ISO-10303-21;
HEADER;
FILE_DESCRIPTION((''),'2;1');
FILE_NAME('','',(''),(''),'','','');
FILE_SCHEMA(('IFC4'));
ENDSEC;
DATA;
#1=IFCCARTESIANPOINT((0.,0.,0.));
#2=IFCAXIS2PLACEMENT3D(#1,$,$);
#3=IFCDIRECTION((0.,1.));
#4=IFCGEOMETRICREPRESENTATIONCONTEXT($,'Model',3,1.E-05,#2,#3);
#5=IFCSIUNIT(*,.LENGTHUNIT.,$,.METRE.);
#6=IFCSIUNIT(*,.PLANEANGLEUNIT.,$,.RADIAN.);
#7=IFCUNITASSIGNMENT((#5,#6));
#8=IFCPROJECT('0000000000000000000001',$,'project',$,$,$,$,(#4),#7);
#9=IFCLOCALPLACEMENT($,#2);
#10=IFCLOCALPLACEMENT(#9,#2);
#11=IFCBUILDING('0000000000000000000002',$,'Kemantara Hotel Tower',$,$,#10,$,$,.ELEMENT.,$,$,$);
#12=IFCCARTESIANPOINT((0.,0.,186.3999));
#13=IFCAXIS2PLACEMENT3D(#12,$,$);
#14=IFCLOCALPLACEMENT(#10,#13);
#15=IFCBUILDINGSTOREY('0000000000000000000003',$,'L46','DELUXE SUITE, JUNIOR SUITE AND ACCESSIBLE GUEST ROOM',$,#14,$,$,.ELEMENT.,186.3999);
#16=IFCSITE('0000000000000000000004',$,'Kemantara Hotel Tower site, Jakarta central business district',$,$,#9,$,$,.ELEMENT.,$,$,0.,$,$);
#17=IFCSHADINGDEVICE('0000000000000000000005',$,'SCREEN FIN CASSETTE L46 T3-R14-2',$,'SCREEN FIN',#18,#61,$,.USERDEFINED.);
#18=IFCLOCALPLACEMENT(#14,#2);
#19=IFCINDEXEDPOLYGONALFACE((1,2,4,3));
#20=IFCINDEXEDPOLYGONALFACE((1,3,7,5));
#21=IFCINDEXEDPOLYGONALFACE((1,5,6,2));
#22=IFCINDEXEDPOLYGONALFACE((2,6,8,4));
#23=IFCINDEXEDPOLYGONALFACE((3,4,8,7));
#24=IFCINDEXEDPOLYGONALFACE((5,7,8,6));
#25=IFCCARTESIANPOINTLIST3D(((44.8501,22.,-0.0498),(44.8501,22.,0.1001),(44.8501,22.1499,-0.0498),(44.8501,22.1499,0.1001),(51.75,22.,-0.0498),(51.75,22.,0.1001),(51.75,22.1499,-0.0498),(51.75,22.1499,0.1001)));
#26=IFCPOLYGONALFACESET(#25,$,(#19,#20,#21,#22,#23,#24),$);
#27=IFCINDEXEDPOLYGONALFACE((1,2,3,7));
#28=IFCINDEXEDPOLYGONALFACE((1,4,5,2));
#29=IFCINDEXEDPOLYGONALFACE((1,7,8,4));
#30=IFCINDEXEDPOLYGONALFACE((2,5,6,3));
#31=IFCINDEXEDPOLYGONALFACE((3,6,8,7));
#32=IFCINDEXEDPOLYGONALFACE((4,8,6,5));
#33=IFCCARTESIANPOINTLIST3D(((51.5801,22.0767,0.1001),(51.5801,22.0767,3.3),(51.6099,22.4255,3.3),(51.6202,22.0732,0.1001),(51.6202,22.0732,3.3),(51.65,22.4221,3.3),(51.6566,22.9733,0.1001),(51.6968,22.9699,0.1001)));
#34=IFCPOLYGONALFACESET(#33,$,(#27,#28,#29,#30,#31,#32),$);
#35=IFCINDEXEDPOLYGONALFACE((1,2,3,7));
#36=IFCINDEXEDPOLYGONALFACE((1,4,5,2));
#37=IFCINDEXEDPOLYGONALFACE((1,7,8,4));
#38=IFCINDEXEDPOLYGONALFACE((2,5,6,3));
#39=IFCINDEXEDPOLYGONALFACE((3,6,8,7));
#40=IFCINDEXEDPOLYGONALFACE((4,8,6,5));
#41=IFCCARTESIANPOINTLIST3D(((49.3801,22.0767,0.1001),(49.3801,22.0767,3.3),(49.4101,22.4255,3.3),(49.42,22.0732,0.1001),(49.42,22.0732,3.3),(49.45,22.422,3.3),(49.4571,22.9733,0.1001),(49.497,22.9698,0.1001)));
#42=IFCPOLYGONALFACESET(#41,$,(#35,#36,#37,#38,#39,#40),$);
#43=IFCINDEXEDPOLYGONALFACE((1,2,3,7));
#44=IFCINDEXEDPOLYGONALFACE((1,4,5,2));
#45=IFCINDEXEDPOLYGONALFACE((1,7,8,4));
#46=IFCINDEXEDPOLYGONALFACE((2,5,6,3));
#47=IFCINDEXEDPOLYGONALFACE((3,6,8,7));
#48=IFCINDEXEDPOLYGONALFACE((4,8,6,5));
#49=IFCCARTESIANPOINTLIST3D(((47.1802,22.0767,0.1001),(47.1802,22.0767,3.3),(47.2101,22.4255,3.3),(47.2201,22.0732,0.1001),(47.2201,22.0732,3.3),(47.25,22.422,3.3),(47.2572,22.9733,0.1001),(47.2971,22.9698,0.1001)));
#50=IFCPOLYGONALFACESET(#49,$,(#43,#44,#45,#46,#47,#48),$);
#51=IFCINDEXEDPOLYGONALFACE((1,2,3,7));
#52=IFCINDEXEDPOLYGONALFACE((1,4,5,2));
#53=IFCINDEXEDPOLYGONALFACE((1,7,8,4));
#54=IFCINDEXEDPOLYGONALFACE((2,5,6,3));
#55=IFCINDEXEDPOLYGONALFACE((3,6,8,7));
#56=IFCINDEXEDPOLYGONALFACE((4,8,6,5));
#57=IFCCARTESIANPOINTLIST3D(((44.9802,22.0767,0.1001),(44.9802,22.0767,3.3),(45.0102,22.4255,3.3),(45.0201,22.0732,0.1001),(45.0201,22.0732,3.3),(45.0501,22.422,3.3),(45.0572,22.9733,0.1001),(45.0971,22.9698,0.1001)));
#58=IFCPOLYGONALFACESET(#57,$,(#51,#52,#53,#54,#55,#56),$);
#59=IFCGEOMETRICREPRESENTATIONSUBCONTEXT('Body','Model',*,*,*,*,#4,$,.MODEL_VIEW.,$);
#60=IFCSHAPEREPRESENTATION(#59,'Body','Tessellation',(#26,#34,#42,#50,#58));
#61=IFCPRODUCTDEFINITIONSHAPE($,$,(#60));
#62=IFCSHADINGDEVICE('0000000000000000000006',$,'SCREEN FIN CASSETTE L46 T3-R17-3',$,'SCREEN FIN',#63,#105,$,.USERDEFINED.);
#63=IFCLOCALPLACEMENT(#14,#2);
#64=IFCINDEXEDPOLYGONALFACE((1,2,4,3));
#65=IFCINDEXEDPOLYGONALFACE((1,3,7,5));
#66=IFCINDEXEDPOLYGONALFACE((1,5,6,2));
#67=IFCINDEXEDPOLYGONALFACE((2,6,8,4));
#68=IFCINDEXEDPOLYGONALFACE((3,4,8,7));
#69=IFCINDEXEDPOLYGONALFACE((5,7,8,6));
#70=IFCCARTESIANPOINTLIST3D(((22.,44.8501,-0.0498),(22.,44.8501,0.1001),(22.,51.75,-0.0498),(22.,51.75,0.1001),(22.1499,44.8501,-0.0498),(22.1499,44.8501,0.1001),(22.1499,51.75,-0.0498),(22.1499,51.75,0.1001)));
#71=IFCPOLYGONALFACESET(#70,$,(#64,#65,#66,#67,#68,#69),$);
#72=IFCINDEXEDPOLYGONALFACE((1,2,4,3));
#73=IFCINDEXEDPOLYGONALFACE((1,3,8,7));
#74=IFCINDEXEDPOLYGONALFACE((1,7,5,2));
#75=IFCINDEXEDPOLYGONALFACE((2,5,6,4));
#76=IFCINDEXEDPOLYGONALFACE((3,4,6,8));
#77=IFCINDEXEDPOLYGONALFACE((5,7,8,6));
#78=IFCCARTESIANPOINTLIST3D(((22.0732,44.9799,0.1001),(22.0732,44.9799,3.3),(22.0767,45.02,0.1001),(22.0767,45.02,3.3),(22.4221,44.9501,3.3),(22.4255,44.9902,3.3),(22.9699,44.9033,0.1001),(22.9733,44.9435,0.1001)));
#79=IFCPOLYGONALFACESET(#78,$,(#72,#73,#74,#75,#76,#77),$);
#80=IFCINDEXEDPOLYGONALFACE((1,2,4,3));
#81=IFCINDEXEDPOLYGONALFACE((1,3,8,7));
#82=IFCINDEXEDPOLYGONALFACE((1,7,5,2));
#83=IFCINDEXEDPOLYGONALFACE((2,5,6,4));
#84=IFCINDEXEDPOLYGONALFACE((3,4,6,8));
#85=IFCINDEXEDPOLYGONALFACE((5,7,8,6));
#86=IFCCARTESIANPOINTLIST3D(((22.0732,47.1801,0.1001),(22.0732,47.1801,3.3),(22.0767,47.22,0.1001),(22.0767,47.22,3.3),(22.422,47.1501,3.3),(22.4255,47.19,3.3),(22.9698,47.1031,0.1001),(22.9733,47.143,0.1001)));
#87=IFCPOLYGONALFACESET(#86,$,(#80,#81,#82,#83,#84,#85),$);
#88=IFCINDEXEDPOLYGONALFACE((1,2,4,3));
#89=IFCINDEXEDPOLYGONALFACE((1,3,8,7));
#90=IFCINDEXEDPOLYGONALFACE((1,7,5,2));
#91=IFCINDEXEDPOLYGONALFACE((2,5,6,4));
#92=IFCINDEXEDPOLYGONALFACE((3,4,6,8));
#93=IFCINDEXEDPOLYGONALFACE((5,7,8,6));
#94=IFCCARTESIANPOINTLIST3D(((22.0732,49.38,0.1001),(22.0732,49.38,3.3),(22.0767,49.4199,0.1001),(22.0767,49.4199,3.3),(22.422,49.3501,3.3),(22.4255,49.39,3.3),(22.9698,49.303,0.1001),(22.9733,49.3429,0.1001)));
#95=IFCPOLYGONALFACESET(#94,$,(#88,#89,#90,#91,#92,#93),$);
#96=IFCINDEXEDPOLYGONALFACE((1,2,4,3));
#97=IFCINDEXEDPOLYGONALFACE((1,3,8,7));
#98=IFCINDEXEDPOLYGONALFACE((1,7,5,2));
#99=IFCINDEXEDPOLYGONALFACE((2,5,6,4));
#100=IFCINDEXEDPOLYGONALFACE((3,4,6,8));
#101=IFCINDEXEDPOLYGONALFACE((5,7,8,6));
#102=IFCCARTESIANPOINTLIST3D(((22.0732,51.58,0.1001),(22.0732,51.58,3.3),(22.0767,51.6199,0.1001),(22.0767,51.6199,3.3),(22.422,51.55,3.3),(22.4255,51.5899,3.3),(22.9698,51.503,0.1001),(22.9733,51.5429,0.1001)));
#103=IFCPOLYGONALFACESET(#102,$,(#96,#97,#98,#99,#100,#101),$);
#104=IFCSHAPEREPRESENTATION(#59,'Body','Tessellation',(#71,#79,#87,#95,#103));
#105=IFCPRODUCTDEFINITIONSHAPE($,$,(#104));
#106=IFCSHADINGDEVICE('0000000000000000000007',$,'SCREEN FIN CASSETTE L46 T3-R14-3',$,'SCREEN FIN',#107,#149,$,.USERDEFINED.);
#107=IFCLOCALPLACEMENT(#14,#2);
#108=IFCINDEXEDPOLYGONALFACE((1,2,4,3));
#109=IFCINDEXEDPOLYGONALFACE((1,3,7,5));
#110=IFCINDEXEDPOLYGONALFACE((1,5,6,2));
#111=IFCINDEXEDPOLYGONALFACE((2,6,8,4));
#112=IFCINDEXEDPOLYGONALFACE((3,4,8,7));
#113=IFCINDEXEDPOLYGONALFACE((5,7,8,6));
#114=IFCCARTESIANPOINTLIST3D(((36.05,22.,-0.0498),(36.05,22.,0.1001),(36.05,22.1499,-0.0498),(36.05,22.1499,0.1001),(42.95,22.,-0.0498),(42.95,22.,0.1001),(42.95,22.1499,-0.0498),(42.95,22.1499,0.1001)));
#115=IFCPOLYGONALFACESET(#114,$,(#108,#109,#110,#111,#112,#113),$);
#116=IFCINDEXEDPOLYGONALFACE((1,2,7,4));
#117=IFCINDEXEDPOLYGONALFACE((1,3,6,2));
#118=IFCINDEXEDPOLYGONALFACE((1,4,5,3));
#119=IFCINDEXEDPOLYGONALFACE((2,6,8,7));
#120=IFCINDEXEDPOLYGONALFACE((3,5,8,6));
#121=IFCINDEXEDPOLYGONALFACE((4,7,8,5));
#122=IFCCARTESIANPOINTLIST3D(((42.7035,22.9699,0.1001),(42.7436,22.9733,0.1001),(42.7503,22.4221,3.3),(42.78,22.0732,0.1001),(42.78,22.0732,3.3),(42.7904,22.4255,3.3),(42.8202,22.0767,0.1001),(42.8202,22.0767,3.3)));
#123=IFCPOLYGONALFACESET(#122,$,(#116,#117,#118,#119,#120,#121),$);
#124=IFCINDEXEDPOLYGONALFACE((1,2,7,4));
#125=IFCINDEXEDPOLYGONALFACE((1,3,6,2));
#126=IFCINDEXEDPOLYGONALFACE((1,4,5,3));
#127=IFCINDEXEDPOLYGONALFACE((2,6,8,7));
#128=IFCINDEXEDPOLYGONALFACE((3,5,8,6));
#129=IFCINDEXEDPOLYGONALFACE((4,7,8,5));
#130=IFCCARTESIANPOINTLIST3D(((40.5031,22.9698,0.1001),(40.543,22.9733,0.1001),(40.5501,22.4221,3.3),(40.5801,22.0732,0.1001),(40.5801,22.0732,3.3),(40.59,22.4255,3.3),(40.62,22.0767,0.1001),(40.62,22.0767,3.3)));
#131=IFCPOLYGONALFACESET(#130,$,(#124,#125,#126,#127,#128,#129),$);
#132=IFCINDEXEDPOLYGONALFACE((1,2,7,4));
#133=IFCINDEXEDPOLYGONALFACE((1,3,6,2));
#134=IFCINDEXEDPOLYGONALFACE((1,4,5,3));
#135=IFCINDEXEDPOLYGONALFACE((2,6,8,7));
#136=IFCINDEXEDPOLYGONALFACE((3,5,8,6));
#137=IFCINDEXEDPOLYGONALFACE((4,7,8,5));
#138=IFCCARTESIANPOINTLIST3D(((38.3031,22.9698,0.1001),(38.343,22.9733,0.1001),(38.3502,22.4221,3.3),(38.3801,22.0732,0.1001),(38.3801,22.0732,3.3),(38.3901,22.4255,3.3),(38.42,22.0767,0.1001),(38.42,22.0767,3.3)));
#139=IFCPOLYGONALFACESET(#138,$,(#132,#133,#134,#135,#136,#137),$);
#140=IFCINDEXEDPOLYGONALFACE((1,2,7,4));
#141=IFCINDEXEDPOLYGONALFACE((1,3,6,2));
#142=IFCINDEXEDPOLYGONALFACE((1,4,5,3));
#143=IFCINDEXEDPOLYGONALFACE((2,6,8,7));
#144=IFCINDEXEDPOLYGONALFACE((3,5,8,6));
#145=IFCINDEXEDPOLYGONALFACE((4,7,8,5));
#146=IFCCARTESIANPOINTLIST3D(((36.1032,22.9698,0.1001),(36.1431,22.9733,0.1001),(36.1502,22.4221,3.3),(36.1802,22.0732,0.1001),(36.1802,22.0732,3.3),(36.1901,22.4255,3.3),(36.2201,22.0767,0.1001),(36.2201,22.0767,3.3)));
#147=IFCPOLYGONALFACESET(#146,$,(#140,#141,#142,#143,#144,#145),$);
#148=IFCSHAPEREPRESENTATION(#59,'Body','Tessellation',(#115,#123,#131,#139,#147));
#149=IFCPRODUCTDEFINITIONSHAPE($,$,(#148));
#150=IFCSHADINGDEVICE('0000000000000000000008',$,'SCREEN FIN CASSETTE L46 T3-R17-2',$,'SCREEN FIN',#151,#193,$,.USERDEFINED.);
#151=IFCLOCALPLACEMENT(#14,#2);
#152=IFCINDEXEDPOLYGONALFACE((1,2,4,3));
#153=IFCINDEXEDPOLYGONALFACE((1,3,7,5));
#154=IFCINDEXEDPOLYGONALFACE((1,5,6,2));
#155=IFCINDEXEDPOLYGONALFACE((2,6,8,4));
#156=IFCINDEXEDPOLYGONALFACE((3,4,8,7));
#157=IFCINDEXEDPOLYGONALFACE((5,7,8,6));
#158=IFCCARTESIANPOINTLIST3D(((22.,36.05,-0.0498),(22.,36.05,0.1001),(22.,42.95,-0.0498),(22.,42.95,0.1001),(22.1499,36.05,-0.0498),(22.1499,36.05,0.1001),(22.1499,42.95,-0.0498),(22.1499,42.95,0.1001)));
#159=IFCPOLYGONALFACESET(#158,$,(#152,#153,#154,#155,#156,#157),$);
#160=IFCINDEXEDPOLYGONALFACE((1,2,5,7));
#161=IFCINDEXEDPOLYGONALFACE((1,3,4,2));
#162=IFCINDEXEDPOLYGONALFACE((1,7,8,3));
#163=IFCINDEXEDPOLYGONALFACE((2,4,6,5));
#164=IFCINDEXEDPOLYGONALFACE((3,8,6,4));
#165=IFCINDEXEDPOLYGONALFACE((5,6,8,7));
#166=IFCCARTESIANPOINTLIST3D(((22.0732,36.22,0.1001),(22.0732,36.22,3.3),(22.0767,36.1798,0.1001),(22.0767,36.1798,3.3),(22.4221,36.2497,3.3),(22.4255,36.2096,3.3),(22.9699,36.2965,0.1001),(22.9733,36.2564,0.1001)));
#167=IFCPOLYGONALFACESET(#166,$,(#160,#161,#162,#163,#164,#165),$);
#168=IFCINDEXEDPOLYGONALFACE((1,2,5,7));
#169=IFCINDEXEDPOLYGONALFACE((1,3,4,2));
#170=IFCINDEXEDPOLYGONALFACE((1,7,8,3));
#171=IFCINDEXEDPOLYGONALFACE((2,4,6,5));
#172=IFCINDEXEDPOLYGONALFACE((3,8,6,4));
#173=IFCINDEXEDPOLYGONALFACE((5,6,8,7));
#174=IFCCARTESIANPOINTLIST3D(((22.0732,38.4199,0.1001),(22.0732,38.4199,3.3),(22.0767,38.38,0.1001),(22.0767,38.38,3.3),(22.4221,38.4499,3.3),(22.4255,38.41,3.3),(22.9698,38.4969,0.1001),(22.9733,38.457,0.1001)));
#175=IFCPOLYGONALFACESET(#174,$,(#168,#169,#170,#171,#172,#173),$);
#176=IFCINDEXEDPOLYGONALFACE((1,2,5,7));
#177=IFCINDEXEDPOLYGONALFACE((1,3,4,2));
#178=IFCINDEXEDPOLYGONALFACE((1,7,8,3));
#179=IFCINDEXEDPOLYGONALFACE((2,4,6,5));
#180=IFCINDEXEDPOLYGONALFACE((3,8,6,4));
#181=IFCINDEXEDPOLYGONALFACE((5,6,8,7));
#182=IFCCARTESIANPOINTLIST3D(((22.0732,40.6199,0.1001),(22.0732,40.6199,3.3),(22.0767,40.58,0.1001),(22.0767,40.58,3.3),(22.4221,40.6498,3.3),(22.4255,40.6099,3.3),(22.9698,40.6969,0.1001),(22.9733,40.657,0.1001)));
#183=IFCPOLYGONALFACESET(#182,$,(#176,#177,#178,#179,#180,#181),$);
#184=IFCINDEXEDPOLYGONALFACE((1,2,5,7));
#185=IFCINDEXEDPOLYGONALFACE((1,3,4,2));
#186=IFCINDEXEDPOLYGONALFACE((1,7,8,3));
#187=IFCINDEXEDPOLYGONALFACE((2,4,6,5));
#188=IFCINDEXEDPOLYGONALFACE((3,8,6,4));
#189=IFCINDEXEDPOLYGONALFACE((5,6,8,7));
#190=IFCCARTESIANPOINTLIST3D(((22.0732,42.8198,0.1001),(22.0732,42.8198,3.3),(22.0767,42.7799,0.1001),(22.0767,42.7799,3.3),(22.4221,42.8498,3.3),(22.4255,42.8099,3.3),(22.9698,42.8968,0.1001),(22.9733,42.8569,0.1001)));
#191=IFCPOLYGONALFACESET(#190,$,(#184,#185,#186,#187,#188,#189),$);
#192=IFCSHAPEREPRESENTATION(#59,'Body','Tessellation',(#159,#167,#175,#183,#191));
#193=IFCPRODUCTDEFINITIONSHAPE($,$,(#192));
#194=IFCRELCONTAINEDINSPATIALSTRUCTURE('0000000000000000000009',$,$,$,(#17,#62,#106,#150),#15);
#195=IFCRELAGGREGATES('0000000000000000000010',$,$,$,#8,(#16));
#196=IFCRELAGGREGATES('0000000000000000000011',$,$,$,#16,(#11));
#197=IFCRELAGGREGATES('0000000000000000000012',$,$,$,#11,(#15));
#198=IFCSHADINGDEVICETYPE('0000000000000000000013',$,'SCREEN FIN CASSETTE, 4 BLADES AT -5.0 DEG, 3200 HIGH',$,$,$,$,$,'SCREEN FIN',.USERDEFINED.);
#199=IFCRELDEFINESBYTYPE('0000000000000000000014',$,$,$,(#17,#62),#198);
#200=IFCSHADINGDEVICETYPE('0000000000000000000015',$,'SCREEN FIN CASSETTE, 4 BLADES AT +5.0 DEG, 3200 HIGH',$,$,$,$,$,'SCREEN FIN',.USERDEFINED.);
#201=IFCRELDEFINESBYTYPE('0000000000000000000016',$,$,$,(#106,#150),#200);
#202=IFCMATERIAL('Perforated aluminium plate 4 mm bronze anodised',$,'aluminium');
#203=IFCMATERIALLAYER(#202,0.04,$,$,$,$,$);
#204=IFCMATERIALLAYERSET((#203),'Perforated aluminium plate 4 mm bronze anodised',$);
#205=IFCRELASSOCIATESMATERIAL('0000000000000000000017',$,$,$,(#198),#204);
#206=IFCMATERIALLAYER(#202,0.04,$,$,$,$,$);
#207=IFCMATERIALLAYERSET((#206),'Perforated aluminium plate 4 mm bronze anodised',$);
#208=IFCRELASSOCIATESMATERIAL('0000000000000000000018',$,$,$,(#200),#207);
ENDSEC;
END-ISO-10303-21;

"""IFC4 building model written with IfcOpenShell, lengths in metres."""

from ifc_helpers import new_model, si_unit, direction, frame, origin, origin_2d, place, context, subcontext, project, spatial, polyline, rectangle, outline, extrude, source, transform, mapped, material, layer, layer_set, type_object, element, save


model = new_model("IFC4")

# Units and contexts
model_context = context("Model", 3, precision=1e-05, world=origin(), true_north=direction((0.0, 1.0)))
body_context = subcontext(model_context, "Body", "Model", "MODEL_VIEW")
ifc_project = project(units=[si_unit("LENGTHUNIT", "METRE"), si_unit("PLANEANGLEUNIT", "RADIAN")], contexts=[model_context])

# Site, building, storey
site_placement = place(None, origin())
site = spatial("IfcSite", under=ifc_project, at=site_placement, Name="Kemantara Hotel Tower site, Jakarta central business district", CompositionType="ELEMENT", RefElevation=0.0)
building_placement = place(site_placement, origin())
building = spatial("IfcBuilding", under=site, at=building_placement, Name="Kemantara Hotel Tower", CompositionType="ELEMENT")
storey_placement = place(building_placement, frame((0.0, 0.0, 186.3999)))
storey = spatial("IfcBuildingStorey", under=building, at=storey_placement, Name="L46", Description="DELUXE SUITE, JUNIOR SUITE AND ACCESSIBLE GUEST ROOM", CompositionType="ELEMENT", Elevation=186.3999)

# Shading devices
ifc_material_1 = material(Name="Perforated aluminium plate 4 mm bronze anodised", Category="aluminium")
ifc_layer_1 = layer(ifc_material_1, 0.04)
ifc_layer_set_1 = layer_set([ifc_layer_1], Name="Perforated aluminium plate 4 mm bronze anodised")
shading_device_type_1 = type_object("IfcShadingDeviceType", Name="SCREEN FIN CASSETTE, 4 BLADES AT -5.0 DEG, 3200 HIGH", ElementType="SCREEN FIN", PredefinedType="USERDEFINED", material=ifc_layer_set_1)
shared_shape_1 = source(origin(), body_context, "Body", "SweptSolid", [
    extrude(rectangle(XDim=6.8999, YDim=0.1499, at=origin_2d()), frame((3.3, -0.075, -0.1499), z_axis=(0.0, 0.0, 1.0), x_axis=(1.0, 0.0, 0.0)), (0.0, 0.0, 1.0), 0.1499),
    extrude(outline(polyline([(0.0, 0.0), (0.8999, 0.0), (0.3501, 3.2), (0.0, 3.2), (0.0, 0.0)])), frame((0.02, -0.0767, 0.0), z_axis=(-0.996376, 0.085056, 0.0), x_axis=(-0.085056, -0.996376, 0.0)), (0.0, 0.0, 1.0), 0.0403),
    extrude(outline(polyline([(0.0, 0.0), (0.8999, 0.0), (0.3501, 3.2), (0.0, 3.2), (0.0, 0.0)])), frame((2.22, -0.0767, 0.0), z_axis=(-0.996332, 0.085575, 0.0), x_axis=(-0.085575, -0.996332, 0.0)), (0.0, 0.0, 1.0), 0.04),
    extrude(outline(polyline([(0.0, 0.0), (0.8999, 0.0), (0.3501, 3.2), (0.0, 3.2), (0.0, 0.0)])), frame((4.4199, -0.0767, 0.0), z_axis=(-0.996332, 0.085575, 0.0), x_axis=(-0.085575, -0.996332, 0.0)), (0.0, 0.0, 1.0), 0.04),
    extrude(outline(polyline([(0.0, 0.0), (0.8999, 0.0), (0.3501, 3.2), (0.0, 3.2), (0.0, 0.0)])), frame((6.6199, -0.0767, 0.0), z_axis=(-0.996332, 0.085575, 0.0), x_axis=(-0.085575, -0.996332, 0.0)), (0.0, 0.0, 1.0), 0.04),
])
for number, where, z_axis, x_axis, name in (
    (1, (51.6001, 22.0, 0.1001), (0.0, 0.0, 1.0), (-1.0, 0.0, 0.0), "SCREEN FIN CASSETTE L46 T3-R14-2"),
    (2, (22.0, 45.0, 0.1001), (0.0, 0.0, 1.0), (0.0, 1.0, 0.0), "SCREEN FIN CASSETTE L46 T3-R17-3"),
):
    element("IfcShadingDevice", number, at=place(storey_placement, frame(where, z_axis=z_axis, x_axis=x_axis)), inside=storey, type_object=shading_device_type_1, Name=name, ObjectType="SCREEN FIN", PredefinedType="USERDEFINED", context=body_context, shape_type="MappedRepresentation", body=[
        mapped(shared_shape_1, transform((0.0, 0.0, 0.0))),
    ])
ifc_layer_2 = layer(ifc_material_1, 0.04)
ifc_layer_set_2 = layer_set([ifc_layer_2], Name="Perforated aluminium plate 4 mm bronze anodised")
shading_device_type_2 = type_object("IfcShadingDeviceType", Name="SCREEN FIN CASSETTE, 4 BLADES AT +5.0 DEG, 3200 HIGH", ElementType="SCREEN FIN", PredefinedType="USERDEFINED", material=ifc_layer_set_2)
shared_shape_2 = source(origin(), body_context, "Body", "SweptSolid", [
    extrude(rectangle(XDim=6.8999, YDim=0.1499, at=origin_2d()), frame((3.3, -0.075, -0.1499), z_axis=(0.0, 0.0, 1.0), x_axis=(1.0, 0.0, 0.0)), (0.0, 0.0, 1.0), 0.1499),
    extrude(outline(polyline([(0.0, 0.0), (0.8999, 0.0), (0.3501, 3.2), (0.0, 3.2), (0.0, 0.0)])), frame((0.02, -0.0732, 0.0), z_axis=(-0.996376, -0.085056, 0.0), x_axis=(0.085056, -0.996376, 0.0)), (0.0, 0.0, 1.0), 0.0403),
    extrude(outline(polyline([(0.0, 0.0), (0.8999, 0.0), (0.3501, 3.2), (0.0, 3.2), (0.0, 0.0)])), frame((2.22, -0.0732, 0.0), z_axis=(-0.996332, -0.085575, 0.0), x_axis=(0.085575, -0.996332, 0.0)), (0.0, 0.0, 1.0), 0.04),
    extrude(outline(polyline([(0.0, 0.0), (0.8999, 0.0), (0.3501, 3.2), (0.0, 3.2), (0.0, 0.0)])), frame((4.4199, -0.0732, 0.0), z_axis=(-0.996332, -0.085575, 0.0), x_axis=(0.085575, -0.996332, 0.0)), (0.0, 0.0, 1.0), 0.04),
    extrude(outline(polyline([(0.0, 0.0), (0.8999, 0.0), (0.3501, 3.2), (0.0, 3.2), (0.0, 0.0)])), frame((6.6199, -0.0732, 0.0), z_axis=(-0.996332, -0.085575, 0.0), x_axis=(0.085575, -0.996332, 0.0)), (0.0, 0.0, 1.0), 0.04),
])
for number, where, z_axis, x_axis, name in (
    (3, (42.8, 22.0, 0.1001), (0.0, 0.0, 1.0), (-1.0, 0.0, 0.0), "SCREEN FIN CASSETTE L46 T3-R14-3"),
    (4, (22.0, 36.2, 0.1001), (0.0, 0.0, 1.0), (0.0, 1.0, 0.0), "SCREEN FIN CASSETTE L46 T3-R17-2"),
):
    element("IfcShadingDevice", number, at=place(storey_placement, frame(where, z_axis=z_axis, x_axis=x_axis)), inside=storey, type_object=shading_device_type_2, Name=name, ObjectType="SCREEN FIN", PredefinedType="USERDEFINED", context=body_context, shape_type="MappedRepresentation", body=[
        mapped(shared_shape_2, transform((0.0, 0.0, 0.0))),
    ])

save(model, "model.ifc")
